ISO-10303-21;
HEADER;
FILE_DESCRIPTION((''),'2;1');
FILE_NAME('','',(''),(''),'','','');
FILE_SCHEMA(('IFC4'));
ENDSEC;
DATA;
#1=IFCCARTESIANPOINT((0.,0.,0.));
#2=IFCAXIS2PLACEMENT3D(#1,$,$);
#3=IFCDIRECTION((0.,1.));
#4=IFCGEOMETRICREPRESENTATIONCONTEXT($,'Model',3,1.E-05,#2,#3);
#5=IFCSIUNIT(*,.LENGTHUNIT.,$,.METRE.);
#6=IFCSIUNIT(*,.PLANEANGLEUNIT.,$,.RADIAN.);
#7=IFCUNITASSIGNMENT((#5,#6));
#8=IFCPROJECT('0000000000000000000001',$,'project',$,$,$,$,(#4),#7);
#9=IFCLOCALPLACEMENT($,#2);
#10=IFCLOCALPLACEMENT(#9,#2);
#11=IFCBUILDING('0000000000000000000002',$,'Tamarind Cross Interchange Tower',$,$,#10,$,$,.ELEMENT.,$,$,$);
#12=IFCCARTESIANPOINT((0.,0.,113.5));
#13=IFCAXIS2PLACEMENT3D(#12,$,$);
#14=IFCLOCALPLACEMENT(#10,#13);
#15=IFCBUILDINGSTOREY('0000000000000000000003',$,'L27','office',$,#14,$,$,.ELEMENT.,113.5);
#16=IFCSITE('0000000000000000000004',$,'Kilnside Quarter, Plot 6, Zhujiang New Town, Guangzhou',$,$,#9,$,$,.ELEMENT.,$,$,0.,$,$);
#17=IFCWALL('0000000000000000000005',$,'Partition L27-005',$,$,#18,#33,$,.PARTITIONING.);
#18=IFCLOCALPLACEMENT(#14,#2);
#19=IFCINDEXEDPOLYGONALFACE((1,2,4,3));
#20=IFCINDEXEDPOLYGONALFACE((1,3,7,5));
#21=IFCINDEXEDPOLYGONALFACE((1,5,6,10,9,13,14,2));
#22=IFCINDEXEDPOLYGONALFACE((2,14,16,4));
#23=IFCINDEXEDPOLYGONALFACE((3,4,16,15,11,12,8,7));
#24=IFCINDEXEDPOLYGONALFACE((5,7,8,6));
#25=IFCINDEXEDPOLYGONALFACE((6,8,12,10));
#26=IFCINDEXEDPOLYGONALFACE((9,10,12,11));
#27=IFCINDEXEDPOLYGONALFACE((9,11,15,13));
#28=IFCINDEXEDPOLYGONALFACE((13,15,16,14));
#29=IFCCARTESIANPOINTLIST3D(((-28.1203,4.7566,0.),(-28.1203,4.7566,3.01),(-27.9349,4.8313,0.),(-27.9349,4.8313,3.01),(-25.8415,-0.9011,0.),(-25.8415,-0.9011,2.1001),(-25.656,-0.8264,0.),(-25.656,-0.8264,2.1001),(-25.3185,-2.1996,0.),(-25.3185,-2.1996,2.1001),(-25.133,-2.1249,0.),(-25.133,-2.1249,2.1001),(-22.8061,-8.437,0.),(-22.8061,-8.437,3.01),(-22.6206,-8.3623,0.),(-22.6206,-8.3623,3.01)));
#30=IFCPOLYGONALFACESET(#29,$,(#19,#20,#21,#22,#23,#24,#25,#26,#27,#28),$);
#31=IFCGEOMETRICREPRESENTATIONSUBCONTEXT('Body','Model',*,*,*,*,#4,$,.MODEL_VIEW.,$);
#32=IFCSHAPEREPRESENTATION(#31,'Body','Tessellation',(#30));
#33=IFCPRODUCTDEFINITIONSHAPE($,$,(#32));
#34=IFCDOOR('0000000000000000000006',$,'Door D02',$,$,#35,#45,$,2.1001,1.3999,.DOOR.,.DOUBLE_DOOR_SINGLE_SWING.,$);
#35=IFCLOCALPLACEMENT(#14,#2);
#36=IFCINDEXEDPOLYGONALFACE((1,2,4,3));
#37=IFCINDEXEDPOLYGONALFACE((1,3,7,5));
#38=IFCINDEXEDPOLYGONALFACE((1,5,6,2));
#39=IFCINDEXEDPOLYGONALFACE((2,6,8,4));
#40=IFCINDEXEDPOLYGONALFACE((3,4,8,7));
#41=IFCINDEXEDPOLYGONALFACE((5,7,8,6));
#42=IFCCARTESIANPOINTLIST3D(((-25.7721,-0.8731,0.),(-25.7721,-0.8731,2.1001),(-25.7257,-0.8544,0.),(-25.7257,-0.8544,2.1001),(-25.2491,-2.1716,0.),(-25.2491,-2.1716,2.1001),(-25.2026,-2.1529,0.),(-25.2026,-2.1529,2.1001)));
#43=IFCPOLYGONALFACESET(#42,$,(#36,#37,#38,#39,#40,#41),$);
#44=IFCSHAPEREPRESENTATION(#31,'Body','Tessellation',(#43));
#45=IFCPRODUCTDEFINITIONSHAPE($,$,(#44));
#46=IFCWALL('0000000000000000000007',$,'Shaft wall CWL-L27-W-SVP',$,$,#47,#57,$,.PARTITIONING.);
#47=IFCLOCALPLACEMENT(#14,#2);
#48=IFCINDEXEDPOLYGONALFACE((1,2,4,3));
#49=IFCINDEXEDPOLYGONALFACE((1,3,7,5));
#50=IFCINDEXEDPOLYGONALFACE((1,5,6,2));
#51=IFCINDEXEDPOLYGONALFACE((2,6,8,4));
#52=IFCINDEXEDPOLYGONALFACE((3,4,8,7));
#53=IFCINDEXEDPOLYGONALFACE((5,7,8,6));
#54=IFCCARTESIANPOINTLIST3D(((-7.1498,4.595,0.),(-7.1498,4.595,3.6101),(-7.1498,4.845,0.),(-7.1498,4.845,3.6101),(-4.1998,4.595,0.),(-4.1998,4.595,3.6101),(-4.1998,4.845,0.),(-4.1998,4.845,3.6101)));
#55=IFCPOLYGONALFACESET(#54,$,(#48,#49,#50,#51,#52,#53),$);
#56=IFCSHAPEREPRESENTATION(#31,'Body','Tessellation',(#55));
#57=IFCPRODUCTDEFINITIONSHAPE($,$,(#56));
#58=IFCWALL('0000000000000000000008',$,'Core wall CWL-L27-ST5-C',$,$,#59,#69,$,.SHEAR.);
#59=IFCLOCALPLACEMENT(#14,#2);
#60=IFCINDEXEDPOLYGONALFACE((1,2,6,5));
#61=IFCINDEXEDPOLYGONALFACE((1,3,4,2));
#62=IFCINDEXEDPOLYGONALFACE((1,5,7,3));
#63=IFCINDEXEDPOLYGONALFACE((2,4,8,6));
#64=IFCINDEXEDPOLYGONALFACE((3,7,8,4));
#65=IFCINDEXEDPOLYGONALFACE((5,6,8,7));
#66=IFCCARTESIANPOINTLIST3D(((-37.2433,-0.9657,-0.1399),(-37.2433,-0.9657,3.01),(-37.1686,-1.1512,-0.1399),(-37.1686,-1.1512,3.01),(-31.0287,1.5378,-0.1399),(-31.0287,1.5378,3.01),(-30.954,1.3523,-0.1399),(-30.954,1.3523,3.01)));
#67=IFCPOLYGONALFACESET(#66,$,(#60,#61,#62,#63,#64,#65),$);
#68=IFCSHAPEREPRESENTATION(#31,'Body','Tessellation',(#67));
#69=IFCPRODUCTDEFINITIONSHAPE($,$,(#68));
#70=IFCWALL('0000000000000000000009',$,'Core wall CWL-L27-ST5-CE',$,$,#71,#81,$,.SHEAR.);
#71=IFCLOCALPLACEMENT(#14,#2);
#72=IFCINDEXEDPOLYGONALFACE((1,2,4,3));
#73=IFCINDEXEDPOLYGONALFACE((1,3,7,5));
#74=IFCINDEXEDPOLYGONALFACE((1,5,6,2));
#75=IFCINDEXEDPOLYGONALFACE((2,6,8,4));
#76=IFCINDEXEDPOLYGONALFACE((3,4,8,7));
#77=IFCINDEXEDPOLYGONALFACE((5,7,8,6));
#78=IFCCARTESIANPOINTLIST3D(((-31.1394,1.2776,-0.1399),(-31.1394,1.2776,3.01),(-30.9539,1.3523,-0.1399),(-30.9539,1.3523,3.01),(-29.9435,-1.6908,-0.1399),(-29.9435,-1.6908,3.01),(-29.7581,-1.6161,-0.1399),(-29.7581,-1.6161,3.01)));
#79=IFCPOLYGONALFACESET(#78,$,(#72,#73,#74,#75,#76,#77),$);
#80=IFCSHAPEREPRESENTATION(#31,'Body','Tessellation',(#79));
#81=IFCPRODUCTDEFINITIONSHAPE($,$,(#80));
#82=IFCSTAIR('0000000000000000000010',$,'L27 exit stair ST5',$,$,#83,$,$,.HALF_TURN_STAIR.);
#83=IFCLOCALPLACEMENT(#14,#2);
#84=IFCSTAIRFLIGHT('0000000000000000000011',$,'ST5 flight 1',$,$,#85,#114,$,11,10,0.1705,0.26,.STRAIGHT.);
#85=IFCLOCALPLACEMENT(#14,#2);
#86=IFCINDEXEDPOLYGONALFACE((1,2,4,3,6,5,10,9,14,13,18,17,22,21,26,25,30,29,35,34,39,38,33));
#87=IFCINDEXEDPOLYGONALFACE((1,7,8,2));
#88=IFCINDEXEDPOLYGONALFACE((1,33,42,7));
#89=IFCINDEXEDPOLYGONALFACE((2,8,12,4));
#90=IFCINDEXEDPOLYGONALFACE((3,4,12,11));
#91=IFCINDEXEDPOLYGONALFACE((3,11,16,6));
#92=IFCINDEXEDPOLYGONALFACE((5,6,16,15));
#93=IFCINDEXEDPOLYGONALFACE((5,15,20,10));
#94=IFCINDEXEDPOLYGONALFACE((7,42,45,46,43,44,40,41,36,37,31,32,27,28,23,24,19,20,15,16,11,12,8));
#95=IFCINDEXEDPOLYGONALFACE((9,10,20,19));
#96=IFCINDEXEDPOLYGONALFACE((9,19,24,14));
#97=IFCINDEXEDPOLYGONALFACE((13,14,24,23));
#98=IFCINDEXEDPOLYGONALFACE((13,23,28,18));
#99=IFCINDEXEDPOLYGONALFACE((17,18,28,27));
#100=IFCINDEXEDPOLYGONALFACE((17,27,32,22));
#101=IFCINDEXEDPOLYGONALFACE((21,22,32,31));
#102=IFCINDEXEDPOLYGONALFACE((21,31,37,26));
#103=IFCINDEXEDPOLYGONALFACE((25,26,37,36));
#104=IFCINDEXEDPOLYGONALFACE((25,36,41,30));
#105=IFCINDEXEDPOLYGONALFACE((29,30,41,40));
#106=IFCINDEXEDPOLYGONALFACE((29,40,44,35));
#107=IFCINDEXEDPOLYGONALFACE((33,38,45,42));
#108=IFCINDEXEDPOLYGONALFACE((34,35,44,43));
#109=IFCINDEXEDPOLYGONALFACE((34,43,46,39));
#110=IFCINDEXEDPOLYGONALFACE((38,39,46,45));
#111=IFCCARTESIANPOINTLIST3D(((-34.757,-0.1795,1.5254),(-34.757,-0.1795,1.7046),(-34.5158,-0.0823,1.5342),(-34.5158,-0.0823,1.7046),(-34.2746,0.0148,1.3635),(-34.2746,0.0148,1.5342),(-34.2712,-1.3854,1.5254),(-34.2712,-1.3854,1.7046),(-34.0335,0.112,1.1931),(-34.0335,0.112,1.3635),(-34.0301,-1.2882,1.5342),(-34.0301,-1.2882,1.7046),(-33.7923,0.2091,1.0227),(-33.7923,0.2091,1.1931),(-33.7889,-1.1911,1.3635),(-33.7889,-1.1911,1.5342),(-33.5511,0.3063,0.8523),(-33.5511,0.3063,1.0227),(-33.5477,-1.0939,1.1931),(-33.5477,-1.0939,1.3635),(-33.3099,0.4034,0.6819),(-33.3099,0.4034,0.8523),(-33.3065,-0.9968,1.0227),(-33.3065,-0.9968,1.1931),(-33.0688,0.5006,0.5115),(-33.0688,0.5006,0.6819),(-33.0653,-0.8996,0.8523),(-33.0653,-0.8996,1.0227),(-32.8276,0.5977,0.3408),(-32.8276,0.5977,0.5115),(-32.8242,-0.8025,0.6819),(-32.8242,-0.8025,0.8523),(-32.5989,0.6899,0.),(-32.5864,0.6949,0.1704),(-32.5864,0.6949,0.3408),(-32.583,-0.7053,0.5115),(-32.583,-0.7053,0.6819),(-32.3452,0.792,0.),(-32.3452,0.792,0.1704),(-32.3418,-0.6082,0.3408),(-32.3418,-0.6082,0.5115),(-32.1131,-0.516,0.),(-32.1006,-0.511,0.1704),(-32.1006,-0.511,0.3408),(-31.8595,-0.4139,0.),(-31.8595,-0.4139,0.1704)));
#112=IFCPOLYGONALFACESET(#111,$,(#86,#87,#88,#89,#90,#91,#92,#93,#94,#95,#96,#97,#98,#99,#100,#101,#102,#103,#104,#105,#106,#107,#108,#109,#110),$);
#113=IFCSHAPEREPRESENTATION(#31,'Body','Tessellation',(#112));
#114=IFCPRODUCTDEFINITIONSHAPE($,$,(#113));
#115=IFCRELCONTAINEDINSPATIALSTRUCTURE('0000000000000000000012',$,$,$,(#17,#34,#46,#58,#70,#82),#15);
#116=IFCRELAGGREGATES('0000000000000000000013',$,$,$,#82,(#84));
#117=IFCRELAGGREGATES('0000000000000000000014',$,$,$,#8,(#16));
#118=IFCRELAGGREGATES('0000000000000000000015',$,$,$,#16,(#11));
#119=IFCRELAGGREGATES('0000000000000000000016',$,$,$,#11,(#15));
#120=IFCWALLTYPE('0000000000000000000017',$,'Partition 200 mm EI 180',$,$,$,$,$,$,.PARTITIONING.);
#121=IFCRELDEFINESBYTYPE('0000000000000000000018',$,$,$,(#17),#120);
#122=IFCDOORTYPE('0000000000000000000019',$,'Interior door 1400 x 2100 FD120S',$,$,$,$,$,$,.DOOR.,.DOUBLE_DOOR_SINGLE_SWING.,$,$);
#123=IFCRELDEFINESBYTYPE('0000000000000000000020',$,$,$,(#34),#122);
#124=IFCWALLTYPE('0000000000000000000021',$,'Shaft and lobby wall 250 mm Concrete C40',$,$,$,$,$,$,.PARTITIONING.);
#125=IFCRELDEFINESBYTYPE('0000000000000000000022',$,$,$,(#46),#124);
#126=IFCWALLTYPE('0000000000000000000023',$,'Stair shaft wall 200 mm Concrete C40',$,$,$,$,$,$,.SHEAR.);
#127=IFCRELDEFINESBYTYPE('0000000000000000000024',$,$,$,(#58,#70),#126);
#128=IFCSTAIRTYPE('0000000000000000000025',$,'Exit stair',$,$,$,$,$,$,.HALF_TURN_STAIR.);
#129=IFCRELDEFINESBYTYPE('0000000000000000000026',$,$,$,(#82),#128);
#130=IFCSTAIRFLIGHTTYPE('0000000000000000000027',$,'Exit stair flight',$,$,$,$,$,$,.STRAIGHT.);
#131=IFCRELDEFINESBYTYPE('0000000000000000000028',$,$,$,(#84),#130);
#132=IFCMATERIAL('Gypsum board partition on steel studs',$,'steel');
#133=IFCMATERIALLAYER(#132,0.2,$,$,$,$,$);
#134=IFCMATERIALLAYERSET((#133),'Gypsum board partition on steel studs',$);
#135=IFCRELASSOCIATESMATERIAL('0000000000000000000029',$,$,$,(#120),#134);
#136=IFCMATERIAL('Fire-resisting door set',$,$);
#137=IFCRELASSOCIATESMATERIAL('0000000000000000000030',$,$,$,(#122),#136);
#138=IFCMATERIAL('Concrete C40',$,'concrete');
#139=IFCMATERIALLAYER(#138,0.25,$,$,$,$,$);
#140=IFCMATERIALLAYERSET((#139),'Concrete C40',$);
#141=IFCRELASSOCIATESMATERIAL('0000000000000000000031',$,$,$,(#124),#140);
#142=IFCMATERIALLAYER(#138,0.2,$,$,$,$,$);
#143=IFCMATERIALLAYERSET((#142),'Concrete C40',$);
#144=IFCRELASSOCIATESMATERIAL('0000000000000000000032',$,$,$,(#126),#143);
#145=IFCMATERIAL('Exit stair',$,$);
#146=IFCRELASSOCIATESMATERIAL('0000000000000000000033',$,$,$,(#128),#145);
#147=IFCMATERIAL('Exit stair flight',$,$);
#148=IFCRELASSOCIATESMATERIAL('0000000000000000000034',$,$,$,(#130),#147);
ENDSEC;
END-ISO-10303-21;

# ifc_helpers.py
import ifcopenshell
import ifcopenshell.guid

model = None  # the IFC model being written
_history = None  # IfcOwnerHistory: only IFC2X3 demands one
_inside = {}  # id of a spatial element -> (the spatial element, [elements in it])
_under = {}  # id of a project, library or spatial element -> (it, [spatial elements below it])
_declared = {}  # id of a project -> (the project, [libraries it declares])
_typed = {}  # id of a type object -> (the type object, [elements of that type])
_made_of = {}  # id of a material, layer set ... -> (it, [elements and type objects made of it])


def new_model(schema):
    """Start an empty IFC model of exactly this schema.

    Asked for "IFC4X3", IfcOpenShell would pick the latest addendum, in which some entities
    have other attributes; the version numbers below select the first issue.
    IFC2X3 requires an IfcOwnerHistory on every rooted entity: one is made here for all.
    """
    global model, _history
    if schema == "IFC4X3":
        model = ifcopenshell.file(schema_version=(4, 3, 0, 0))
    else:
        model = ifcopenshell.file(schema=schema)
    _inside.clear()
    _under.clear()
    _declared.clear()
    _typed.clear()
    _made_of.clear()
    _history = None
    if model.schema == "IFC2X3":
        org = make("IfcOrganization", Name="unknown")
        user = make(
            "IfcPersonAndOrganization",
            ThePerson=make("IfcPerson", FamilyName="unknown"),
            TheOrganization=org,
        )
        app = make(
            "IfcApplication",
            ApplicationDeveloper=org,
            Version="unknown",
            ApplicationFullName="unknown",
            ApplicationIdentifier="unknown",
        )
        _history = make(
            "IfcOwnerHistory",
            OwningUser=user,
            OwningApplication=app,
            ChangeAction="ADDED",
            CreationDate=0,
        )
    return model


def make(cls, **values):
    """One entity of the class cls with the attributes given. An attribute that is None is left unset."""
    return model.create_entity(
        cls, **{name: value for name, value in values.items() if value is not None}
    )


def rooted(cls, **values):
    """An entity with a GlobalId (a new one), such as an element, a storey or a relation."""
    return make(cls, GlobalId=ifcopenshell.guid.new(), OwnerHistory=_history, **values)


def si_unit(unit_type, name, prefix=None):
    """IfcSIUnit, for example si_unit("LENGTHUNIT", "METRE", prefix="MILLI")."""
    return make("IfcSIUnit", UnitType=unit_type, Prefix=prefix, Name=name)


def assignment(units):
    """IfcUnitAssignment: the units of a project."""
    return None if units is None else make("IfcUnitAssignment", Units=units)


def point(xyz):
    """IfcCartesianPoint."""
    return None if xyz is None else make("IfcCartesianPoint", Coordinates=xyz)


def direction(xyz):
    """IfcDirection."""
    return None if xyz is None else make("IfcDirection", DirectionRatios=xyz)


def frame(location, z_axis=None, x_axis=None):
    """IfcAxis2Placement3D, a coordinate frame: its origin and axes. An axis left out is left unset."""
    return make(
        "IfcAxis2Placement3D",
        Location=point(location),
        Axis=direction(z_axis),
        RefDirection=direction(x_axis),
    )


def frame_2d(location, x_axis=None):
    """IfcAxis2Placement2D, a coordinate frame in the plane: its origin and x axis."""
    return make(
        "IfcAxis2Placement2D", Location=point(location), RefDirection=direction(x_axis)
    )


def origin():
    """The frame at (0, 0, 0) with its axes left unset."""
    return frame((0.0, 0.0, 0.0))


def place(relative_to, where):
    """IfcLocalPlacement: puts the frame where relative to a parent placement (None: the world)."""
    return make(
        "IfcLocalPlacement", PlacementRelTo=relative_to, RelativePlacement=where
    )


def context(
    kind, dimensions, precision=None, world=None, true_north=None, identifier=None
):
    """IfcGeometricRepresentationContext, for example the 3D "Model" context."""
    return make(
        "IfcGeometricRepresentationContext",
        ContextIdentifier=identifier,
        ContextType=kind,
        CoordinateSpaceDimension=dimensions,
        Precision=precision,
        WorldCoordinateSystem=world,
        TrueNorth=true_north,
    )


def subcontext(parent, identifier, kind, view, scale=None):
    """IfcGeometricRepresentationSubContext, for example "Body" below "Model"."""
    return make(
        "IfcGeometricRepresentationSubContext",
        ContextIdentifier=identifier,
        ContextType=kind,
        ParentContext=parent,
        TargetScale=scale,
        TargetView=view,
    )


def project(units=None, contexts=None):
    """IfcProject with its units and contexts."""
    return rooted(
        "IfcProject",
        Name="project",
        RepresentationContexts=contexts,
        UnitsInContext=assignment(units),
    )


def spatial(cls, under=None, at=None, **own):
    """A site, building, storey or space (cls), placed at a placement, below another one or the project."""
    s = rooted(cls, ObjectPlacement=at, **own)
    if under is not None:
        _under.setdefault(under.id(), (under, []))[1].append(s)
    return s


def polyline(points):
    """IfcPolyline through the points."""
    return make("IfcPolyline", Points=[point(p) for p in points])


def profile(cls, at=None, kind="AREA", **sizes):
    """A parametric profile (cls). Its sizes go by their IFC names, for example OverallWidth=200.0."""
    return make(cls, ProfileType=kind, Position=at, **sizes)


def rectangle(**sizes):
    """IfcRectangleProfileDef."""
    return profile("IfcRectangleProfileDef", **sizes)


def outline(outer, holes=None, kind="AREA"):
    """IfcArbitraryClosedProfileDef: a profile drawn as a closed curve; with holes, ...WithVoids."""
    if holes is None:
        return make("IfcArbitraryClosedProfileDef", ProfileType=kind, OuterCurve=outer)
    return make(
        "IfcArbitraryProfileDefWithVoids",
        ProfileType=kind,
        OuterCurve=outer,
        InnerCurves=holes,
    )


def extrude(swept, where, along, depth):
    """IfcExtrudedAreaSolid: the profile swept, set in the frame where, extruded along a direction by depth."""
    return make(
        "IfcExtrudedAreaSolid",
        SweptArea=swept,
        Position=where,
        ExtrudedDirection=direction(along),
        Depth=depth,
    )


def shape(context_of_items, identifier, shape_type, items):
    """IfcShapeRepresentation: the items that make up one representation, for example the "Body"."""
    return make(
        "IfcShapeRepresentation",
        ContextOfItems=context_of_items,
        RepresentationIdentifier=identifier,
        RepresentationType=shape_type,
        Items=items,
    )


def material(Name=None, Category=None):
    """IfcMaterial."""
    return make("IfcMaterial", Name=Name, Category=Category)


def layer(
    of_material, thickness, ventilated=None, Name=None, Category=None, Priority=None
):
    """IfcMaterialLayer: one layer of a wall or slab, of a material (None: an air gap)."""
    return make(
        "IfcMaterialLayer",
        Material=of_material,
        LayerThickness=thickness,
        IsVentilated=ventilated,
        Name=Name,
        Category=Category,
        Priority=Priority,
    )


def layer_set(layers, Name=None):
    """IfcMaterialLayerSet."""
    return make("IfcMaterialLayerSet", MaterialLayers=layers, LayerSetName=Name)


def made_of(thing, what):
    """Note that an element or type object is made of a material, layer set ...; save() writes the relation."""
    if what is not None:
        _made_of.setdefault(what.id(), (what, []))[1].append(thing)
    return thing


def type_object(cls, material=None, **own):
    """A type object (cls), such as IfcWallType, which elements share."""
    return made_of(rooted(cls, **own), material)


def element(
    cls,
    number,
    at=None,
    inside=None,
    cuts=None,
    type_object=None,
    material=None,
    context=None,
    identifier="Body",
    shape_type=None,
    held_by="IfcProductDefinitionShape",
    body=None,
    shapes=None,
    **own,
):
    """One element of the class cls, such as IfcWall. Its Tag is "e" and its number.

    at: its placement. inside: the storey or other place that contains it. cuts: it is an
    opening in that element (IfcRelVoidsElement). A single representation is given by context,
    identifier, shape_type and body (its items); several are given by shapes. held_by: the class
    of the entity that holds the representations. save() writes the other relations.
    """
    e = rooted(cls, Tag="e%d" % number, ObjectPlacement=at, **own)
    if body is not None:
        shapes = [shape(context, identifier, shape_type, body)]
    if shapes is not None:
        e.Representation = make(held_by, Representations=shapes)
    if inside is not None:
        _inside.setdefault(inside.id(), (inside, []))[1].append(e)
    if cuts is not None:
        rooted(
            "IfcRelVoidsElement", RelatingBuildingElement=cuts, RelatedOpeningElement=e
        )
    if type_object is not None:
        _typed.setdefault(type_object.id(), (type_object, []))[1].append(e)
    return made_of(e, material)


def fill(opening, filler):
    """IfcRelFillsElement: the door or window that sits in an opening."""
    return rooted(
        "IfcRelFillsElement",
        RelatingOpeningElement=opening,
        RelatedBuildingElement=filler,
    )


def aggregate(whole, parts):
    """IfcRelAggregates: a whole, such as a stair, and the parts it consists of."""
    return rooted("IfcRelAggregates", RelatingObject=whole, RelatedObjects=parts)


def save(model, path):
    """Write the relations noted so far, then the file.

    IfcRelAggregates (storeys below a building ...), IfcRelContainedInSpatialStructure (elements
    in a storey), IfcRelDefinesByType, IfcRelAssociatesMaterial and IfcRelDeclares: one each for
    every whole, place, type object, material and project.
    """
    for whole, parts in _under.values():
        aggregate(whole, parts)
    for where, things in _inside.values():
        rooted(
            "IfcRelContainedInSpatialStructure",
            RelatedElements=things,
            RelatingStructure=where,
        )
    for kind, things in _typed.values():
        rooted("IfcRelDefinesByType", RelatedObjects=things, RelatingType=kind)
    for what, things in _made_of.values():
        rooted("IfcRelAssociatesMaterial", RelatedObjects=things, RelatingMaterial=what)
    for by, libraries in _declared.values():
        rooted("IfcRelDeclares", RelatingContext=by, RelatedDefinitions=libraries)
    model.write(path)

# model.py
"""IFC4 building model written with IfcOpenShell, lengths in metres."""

from ifc_helpers import new_model, si_unit, direction, frame, frame_2d, origin, place, context, subcontext, project, spatial, polyline, rectangle, outline, extrude, material, layer, layer_set, type_object, element, fill, aggregate, save


model = new_model("IFC4")

# Units and contexts
model_context = context("Model", 3, precision=1e-05, world=origin(), true_north=direction((0.0, 1.0)))
body_context = subcontext(model_context, "Body", "Model", "MODEL_VIEW")
ifc_project = project(units=[si_unit("LENGTHUNIT", "METRE"), si_unit("PLANEANGLEUNIT", "RADIAN")], contexts=[model_context])

# Site, building, storey
site_placement = place(None, origin())
site = spatial("IfcSite", under=ifc_project, at=site_placement, Name="Kilnside Quarter, Plot 6, Zhujiang New Town, Guangzhou", CompositionType="ELEMENT", RefElevation=0.0)
building_placement = place(site_placement, origin())
building = spatial("IfcBuilding", under=site, at=building_placement, Name="Tamarind Cross Interchange Tower", CompositionType="ELEMENT")
storey_placement = place(building_placement, frame((0.0, 0.0, 113.5)))
storey = spatial("IfcBuildingStorey", under=building, at=storey_placement, Name="L27", Description="office", CompositionType="ELEMENT", Elevation=113.5)

# Shared definitions
ifc_material_1 = material(Name="Gypsum board partition on steel studs", Category="steel")

# Shared definitions
ifc_material_2 = material(Name="Fire-resisting door set")

# Wall, opening, door
ifc_layer_1 = layer(ifc_material_1, 0.2)
ifc_layer_set_1 = layer_set([ifc_layer_1], Name="Gypsum board partition on steel studs")
wall_type_1 = type_object("IfcWallType", Name="Partition 200 mm EI 180", PredefinedType="PARTITIONING", material=ifc_layer_set_1)
wall_1_placement = place(storey_placement, frame((-28.0276, 4.7939, 0.0), z_axis=(0.0, 0.0, 1.0), x_axis=(0.373618, -0.927583, 0.0)))
wall_1 = element("IfcWall", 1, at=wall_1_placement, inside=storey, type_object=wall_type_1, Name="Partition L27-005", PredefinedType="PARTITIONING", context=body_context, shape_type="SweptSolid", body=[
    extrude(rectangle(XDim=14.2236, YDim=0.2, at=frame_2d((7.1118, 0.0))), origin(), (0.0, 0.0, 1.0), 3.01),
])
opening_1_placement = place(wall_1_placement, frame((6.0994, 0.0, 0.0)))
opening_1 = element("IfcOpeningElement", 2, at=opening_1_placement, cuts=wall_1, PredefinedType="OPENING", context=body_context, shape_type="SweptSolid", body=[
    extrude(rectangle(XDim=1.3999, YDim=2.1001, at=frame_2d((0.7, 1.05))), frame((0.0, 0.1099, 0.0), z_axis=(0.0, -1.0, 0.0), x_axis=(1.0, 0.0, 0.0)), (0.0, 0.0, 1.0), 0.22),
])
door_type_1 = type_object("IfcDoorType", Name="Interior door 1400 x 2100 FD120S", OperationType="DOUBLE_DOOR_SINGLE_SWING", PredefinedType="DOOR", material=ifc_material_2)
door_1_placement = place(opening_1_placement, origin())
door_1 = element("IfcDoor", 3, at=door_1_placement, inside=storey, type_object=door_type_1, Name="Door D02", OperationType="DOUBLE_DOOR_SINGLE_SWING", OverallHeight=2.1001, OverallWidth=1.3999, PredefinedType="DOOR", context=body_context, shape_type="SweptSolid", body=[
    extrude(rectangle(XDim=1.3999, YDim=2.1001, at=frame_2d((0.7, 1.05))), frame((0.0, 0.0249, 0.0), z_axis=(0.0, -1.0, 0.0), x_axis=(1.0, 0.0, 0.0)), (0.0, 0.0, 1.0), 0.05),
])
fill(opening_1, door_1)

# Walls
ifc_material_3 = material(Name="Concrete C40", Category="concrete")
ifc_layer_2 = layer(ifc_material_3, 0.25)
ifc_layer_set_2 = layer_set([ifc_layer_2], Name="Concrete C40")
wall_type_2 = type_object("IfcWallType", Name="Shaft and lobby wall 250 mm Concrete C40", PredefinedType="PARTITIONING", material=ifc_layer_set_2)
wall_2_placement = place(storey_placement, frame((-7.1499, 4.72, 0.0), z_axis=(0.0, 0.0, 1.0), x_axis=(1.0, 0.0, 0.0)))
element("IfcWall", 4, at=wall_2_placement, inside=storey, type_object=wall_type_2, Name="Shaft wall CWL-L27-W-SVP", PredefinedType="PARTITIONING", context=body_context, shape_type="SweptSolid", body=[
    extrude(rectangle(XDim=2.95, YDim=0.25, at=frame_2d((1.4751, 0.0))), origin(), (0.0, 0.0, 1.0), 3.6101),
])
ifc_layer_3 = layer(ifc_material_3, 0.2)
ifc_layer_set_3 = layer_set([ifc_layer_3], Name="Concrete C40")
wall_type_3 = type_object("IfcWallType", Name="Stair shaft wall 200 mm Concrete C40", PredefinedType="SHEAR", material=ifc_layer_set_3)
wall_3_placement = place(storey_placement, frame((-30.9912, 1.4451, -0.1399), z_axis=(0.0, 0.0, 1.0), x_axis=(-0.927569, -0.373651, 0.0)))
element("IfcWall", 5, at=wall_3_placement, inside=storey, type_object=wall_type_3, Name="Core wall CWL-L27-ST5-C", PredefinedType="SHEAR", context=body_context, shape_type="SweptSolid", body=[
    extrude(rectangle(XDim=6.7, YDim=0.2, at=frame_2d((3.3501, 0.0))), origin(), (0.0, 0.0, 1.0), 3.1499),
])
wall_4_placement = place(storey_placement, frame((-31.0466, 1.3149, -0.1399), z_axis=(0.0, 0.0, 1.0), x_axis=(0.373678, -0.927558, 0.0)))
element("IfcWall", 6, at=wall_4_placement, inside=storey, type_object=wall_type_3, Name="Core wall CWL-L27-ST5-CE", PredefinedType="SHEAR", context=body_context, shape_type="SweptSolid", body=[
    extrude(rectangle(XDim=3.2002, YDim=0.2, at=frame_2d((1.6001, 0.0))), origin(), (0.0, 0.0, 1.0), 3.1499),
])

# Stair, stair flight
ifc_material_4 = material(Name="Exit stair")
stair_type = type_object("IfcStairType", Name="Exit stair", PredefinedType="HALF_TURN_STAIR", material=ifc_material_4)
stair_placement = place(storey_placement, origin())
stair = element("IfcStair", 7, at=stair_placement, inside=storey, type_object=stair_type, Name="L27 exit stair ST5", PredefinedType="HALF_TURN_STAIR")
ifc_material_5 = material(Name="Exit stair flight")
stair_flight_type = type_object("IfcStairFlightType", Name="Exit stair flight", PredefinedType="STRAIGHT", material=ifc_material_5)
stair_flight_placement = place(storey_placement, frame((-32.1023, 0.189, 0.0), z_axis=(0.0, 0.0, 1.0), x_axis=(-0.92757, -0.373648, 0.0)))
stair_flight = element("IfcStairFlight", 8, at=stair_flight_placement, type_object=stair_flight_type, Name="ST5 flight 1", NumberOfRisers=11, NumberOfTreads=10, PredefinedType="STRAIGHT", RiserHeight=0.1705, TreadLength=0.26, context=body_context, shape_type="SweptSolid", body=[
    extrude(outline(polyline([(0.0, 0.0), (0.0, 0.1704), (0.26, 0.1704), (0.26, 0.3408), (0.52, 0.3408), (0.52, 0.5115), (0.78, 0.5115), (0.78, 0.6819), (1.04, 0.6819), (1.04, 0.8523), (1.3, 0.8523), (1.3, 1.0227), (1.5601, 1.0227), (1.5601, 1.1931), (1.8201, 1.1931), (1.8201, 1.3635), (2.0801, 1.3635), (2.0801, 1.5342), (2.3401, 1.5342), (2.3401, 1.7046), (2.6001, 1.7046), (2.6001, 1.875), (2.6001, 1.5254), (0.2734, 0.0), (0.0, 0.0)])), frame((0.0, 0.6499, 0.0), z_axis=(0.0, -1.0, 0.0), x_axis=(1.0, 0.0, 0.0)), (0.0, 0.0, 1.0), 1.3),
])
aggregate(stair, [stair_flight])

save(model, "model.ifc")
